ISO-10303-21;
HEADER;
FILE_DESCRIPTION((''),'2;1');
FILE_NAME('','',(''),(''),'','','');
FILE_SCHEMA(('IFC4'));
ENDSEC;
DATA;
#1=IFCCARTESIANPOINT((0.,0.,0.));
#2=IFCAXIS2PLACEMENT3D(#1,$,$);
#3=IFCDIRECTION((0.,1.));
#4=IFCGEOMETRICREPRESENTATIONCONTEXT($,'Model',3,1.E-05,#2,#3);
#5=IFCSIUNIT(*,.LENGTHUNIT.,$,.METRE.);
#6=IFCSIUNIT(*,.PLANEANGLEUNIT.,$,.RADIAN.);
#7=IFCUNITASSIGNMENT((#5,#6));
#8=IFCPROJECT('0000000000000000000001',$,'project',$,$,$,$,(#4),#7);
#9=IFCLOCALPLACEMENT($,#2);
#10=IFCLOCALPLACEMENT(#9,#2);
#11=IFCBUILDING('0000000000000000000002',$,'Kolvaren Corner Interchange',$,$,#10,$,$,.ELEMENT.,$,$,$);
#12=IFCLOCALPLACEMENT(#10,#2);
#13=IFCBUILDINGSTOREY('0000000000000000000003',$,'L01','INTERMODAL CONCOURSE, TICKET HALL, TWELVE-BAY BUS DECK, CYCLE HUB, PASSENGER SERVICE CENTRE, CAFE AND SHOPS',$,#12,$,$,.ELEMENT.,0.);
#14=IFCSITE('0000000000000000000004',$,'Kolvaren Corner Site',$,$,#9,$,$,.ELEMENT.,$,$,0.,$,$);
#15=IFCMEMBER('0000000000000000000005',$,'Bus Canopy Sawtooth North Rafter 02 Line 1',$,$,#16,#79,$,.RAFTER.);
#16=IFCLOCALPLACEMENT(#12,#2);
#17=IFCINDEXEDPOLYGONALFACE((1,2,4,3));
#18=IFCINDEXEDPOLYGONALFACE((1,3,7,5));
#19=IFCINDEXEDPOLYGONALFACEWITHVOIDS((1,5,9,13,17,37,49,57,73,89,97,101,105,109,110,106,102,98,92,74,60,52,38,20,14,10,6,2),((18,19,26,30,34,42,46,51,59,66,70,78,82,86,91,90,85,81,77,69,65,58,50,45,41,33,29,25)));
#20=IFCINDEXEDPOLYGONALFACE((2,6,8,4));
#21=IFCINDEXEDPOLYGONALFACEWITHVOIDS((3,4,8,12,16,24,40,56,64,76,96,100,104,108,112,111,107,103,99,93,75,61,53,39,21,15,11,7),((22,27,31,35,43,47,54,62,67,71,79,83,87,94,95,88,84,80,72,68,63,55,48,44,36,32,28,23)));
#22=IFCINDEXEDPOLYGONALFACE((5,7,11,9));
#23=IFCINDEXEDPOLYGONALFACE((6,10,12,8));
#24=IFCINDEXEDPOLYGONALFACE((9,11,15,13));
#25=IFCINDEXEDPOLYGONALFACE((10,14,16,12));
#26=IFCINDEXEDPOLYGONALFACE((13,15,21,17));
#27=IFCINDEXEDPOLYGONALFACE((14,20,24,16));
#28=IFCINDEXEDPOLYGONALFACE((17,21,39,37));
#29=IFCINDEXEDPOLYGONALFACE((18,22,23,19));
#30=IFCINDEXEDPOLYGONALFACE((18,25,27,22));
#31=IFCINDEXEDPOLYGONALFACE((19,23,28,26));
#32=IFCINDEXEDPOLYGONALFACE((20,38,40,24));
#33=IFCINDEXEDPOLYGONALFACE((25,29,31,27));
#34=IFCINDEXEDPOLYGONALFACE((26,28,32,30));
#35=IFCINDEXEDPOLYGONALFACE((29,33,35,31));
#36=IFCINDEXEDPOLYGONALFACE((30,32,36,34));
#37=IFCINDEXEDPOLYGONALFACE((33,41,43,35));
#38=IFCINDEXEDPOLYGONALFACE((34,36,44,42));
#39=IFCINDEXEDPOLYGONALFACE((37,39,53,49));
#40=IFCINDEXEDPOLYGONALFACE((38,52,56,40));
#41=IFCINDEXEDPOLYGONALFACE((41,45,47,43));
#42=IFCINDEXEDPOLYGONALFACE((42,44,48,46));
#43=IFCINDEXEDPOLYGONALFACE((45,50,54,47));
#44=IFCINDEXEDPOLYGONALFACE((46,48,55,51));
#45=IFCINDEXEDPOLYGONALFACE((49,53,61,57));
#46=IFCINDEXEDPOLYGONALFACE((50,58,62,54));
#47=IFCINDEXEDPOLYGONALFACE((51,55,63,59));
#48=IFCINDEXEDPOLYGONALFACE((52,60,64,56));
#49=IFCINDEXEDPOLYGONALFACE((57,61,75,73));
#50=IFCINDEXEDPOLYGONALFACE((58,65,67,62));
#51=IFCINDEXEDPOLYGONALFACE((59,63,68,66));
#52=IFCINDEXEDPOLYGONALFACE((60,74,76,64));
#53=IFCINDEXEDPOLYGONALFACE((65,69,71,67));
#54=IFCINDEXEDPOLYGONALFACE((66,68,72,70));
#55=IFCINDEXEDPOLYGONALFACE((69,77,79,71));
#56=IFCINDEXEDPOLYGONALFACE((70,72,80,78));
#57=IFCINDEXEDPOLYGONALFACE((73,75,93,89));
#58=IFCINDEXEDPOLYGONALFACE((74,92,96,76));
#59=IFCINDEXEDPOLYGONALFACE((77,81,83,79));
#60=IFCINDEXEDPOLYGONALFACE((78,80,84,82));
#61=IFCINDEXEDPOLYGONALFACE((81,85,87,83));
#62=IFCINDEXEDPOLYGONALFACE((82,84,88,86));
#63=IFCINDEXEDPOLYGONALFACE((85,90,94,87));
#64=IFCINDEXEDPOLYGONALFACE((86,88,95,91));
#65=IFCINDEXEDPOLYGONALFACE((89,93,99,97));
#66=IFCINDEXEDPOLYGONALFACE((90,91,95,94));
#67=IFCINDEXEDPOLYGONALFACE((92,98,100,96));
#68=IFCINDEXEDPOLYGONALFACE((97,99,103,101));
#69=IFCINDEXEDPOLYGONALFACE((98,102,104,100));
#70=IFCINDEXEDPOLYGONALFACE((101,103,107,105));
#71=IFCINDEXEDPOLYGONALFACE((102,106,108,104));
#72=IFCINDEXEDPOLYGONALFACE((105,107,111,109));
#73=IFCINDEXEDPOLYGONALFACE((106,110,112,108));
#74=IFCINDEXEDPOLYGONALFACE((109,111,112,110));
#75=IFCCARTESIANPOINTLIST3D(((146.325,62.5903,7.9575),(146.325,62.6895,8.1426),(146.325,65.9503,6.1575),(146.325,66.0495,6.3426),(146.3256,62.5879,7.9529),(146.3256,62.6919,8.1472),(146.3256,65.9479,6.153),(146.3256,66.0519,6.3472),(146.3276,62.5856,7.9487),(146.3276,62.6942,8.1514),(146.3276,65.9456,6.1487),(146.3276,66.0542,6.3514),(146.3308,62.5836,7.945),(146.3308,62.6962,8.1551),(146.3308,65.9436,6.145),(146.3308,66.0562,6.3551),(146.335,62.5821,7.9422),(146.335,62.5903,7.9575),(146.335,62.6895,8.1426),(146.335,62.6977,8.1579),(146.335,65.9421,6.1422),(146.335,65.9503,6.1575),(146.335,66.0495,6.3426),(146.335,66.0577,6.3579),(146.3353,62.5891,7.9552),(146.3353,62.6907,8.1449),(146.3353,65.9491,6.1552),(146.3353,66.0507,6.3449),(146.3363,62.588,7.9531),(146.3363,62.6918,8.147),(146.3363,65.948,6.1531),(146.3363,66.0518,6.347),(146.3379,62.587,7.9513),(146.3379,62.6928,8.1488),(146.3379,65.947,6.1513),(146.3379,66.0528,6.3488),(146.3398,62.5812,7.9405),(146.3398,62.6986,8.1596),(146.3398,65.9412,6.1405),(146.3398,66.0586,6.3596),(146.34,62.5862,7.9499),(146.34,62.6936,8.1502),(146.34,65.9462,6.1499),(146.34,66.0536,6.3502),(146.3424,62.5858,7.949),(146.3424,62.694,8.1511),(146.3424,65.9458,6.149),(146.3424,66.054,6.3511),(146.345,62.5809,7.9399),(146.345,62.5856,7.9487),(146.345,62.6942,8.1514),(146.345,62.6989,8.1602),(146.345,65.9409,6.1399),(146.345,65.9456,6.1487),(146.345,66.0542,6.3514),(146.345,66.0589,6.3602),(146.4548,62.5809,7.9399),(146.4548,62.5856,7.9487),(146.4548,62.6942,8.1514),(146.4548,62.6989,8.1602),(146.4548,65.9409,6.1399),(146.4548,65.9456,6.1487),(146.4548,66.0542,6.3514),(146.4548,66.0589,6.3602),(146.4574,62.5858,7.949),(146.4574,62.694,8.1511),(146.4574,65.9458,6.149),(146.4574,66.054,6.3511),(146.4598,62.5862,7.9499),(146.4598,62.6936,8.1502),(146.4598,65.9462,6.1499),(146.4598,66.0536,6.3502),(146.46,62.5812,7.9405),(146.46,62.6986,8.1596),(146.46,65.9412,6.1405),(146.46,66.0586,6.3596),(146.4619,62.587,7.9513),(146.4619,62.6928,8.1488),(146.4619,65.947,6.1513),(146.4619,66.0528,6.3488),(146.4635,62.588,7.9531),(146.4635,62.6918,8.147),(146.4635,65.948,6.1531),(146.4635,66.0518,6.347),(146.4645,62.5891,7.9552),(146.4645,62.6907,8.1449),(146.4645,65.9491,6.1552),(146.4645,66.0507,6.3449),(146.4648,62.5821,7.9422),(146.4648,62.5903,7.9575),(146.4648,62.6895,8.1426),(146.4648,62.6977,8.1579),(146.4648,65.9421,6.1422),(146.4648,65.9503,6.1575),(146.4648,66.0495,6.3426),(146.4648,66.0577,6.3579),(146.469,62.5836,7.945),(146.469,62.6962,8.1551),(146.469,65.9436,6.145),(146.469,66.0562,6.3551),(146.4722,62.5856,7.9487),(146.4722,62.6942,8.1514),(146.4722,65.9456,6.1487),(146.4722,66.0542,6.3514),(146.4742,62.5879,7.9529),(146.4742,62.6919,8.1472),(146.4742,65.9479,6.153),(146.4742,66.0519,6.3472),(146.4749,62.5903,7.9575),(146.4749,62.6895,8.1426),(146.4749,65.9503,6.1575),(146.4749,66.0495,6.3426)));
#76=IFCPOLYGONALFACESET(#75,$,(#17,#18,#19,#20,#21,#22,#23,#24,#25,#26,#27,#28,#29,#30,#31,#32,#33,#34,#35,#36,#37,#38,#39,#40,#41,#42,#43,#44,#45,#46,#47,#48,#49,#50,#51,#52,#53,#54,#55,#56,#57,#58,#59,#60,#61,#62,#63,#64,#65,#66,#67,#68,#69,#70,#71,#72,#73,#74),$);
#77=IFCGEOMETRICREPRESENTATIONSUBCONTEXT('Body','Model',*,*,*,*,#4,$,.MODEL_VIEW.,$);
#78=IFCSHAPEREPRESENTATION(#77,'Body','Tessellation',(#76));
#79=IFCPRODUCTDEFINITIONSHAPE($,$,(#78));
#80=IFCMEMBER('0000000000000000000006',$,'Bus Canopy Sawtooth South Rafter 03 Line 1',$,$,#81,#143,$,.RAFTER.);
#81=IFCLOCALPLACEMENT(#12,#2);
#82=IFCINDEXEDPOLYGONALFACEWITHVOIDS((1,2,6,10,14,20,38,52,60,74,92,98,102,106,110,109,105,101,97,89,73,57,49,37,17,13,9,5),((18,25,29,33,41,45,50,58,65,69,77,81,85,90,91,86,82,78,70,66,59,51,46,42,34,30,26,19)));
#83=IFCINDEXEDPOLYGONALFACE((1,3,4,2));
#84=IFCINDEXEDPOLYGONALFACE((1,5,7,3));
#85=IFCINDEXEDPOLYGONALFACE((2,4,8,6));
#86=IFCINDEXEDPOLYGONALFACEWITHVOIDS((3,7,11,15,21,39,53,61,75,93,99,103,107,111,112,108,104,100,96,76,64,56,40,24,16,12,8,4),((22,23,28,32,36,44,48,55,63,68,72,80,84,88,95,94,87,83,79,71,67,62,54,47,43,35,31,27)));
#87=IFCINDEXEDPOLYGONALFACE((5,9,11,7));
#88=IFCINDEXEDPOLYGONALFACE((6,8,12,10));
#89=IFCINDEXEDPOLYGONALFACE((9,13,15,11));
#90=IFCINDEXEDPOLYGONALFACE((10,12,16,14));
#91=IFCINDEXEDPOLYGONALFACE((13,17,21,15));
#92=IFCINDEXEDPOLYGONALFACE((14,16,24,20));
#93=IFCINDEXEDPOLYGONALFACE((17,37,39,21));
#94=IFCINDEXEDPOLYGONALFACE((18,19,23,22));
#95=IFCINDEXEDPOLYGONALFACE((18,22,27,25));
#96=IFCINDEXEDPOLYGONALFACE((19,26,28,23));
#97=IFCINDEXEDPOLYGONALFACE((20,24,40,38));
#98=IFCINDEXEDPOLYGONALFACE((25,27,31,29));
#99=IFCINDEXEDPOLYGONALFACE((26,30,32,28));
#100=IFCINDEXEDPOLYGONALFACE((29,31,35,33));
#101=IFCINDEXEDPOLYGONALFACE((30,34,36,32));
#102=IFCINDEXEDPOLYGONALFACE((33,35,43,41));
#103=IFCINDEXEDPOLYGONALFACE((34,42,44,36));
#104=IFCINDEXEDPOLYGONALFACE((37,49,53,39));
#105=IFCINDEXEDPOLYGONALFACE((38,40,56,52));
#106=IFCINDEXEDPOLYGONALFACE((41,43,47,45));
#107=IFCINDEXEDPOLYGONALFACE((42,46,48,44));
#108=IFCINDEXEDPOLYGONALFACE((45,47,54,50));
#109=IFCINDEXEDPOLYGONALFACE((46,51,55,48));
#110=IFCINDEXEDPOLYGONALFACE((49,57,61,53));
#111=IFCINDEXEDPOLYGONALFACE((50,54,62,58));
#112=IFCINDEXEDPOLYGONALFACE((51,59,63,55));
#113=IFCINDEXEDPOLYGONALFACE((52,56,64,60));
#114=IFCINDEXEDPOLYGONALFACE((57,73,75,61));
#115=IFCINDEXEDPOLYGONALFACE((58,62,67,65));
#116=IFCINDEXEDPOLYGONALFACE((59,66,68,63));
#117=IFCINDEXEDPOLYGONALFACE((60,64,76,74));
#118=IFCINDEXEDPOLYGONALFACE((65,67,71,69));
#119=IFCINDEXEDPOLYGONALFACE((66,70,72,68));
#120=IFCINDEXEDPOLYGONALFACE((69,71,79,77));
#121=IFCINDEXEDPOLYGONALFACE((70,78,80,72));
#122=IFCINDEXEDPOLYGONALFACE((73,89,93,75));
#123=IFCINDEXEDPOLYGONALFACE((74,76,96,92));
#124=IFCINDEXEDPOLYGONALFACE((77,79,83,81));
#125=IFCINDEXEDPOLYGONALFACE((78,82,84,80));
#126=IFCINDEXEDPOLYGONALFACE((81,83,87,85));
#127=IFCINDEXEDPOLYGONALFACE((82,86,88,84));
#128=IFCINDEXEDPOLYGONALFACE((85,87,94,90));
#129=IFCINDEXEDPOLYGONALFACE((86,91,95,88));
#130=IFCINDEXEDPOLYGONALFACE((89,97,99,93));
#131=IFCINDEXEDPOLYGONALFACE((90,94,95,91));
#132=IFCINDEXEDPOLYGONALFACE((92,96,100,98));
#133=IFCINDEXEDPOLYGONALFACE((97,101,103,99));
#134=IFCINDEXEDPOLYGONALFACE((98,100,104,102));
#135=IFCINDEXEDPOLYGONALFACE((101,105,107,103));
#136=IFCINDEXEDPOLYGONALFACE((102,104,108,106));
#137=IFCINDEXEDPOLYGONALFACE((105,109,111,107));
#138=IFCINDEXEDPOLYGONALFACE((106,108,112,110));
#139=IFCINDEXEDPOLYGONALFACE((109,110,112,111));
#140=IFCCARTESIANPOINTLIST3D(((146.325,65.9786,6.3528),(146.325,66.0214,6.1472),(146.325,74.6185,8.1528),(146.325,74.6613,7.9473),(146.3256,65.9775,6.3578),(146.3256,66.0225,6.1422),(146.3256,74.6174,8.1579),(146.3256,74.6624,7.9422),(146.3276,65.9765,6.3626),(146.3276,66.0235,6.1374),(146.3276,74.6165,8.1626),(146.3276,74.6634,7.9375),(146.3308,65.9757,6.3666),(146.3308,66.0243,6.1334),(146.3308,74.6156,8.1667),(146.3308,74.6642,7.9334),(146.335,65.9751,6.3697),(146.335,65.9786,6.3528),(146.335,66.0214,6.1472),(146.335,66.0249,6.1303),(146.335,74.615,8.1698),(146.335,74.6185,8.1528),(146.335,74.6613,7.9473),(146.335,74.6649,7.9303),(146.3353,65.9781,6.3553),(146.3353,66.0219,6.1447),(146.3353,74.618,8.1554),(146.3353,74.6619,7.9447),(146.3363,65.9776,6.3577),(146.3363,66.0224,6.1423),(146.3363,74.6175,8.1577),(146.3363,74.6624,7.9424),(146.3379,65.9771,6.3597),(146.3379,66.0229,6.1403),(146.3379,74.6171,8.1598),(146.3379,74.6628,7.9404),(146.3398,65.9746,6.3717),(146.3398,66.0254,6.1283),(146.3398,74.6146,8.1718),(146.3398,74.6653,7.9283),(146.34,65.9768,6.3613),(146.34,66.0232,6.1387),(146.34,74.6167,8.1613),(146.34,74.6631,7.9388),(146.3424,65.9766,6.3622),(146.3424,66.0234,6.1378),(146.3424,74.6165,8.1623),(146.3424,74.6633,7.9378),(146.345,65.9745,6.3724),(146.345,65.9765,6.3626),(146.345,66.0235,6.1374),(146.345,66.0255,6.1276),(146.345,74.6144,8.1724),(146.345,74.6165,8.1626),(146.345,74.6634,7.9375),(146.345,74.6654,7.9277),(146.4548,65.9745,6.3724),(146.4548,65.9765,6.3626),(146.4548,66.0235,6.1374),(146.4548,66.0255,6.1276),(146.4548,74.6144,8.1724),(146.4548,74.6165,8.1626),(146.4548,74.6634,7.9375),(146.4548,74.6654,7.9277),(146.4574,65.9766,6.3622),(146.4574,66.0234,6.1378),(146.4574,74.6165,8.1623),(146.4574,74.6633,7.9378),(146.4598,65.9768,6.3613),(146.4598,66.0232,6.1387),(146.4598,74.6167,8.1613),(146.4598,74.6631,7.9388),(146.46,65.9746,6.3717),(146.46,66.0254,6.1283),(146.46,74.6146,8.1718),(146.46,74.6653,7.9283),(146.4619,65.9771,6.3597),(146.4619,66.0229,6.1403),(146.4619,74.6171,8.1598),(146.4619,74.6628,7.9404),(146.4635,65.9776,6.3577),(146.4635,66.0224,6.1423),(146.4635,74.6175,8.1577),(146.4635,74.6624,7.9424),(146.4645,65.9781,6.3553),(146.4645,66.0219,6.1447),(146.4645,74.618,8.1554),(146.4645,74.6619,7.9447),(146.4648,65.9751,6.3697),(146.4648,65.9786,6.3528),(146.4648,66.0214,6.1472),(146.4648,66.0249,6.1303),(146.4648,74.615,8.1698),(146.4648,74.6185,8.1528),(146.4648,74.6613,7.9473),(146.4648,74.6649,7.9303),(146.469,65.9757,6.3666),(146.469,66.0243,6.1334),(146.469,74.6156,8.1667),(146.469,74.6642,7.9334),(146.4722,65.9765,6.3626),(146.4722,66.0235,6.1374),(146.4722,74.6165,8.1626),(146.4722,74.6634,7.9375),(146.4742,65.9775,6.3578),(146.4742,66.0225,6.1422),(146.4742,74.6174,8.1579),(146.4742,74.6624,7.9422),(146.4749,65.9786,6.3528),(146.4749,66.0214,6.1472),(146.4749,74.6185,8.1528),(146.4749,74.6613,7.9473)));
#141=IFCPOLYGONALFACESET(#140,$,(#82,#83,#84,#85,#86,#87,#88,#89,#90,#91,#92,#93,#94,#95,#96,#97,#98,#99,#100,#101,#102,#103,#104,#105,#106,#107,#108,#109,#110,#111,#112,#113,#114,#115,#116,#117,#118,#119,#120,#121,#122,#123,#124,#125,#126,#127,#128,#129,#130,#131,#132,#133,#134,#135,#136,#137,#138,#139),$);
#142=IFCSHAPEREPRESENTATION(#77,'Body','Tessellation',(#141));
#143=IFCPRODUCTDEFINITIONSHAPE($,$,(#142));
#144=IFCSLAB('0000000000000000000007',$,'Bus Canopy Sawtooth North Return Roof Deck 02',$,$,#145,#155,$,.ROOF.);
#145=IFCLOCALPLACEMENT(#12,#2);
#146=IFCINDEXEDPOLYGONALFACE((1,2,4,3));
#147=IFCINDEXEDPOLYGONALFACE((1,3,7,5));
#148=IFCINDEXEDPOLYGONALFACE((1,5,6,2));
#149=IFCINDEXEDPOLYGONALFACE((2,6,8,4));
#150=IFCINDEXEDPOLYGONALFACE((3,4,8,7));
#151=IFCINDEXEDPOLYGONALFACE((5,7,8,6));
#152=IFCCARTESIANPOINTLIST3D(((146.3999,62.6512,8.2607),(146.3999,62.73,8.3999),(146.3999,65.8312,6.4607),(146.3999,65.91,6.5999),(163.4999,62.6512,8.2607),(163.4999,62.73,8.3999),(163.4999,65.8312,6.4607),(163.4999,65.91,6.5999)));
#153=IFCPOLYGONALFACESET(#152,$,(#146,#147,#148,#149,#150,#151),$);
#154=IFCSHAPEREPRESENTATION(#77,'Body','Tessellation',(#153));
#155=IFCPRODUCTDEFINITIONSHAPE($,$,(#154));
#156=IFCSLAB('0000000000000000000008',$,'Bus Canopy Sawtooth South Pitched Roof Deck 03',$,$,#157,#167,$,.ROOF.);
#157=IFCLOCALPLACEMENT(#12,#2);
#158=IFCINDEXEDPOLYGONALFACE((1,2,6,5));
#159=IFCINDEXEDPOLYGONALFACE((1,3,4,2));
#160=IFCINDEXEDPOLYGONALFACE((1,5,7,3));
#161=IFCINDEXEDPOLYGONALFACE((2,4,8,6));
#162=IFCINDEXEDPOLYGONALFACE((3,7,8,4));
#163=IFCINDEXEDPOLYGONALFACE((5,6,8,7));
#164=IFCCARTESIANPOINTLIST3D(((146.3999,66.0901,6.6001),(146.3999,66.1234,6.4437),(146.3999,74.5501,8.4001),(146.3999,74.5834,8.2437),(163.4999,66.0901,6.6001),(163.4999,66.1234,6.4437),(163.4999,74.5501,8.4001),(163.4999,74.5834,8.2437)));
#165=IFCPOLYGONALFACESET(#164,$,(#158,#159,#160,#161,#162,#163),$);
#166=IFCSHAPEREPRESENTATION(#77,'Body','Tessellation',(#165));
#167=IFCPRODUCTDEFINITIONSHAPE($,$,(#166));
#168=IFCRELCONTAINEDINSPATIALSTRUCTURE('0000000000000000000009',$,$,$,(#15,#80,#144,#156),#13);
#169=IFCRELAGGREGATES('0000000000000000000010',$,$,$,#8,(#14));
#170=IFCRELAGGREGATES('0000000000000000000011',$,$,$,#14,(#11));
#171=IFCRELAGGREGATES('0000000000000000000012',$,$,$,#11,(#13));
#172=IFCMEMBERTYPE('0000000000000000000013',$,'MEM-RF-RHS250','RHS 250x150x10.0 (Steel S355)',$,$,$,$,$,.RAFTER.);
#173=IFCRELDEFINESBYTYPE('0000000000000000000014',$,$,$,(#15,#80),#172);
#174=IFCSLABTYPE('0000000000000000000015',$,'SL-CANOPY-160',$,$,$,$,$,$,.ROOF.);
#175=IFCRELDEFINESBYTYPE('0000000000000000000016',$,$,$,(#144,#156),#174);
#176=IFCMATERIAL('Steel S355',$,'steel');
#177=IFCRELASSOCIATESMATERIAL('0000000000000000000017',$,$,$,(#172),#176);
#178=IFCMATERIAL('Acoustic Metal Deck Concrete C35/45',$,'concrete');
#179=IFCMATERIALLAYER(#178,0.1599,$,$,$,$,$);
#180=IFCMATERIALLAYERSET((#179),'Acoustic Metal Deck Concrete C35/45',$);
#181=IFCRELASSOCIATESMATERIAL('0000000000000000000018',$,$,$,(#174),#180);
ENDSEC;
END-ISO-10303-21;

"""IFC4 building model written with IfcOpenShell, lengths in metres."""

from ifc_helpers import new_model, si_unit, direction, frame, origin, origin_2d, place, context, subcontext, project, spatial, polyline, hollow_rectangle, outline, extrude, material, layer, layer_set, material_profile, profile_set, type_object, element, save


model = new_model("IFC4")

# Units and contexts
model_context = context("Model", 3, precision=1e-05, world=origin(), true_north=direction((0.0, 1.0)))
body_context = subcontext(model_context, "Body", "Model", "MODEL_VIEW")
ifc_project = project(units=[si_unit("LENGTHUNIT", "METRE"), si_unit("PLANEANGLEUNIT", "RADIAN")], contexts=[model_context])

# Site, building, storey
site_placement = place(None, origin())
site = spatial("IfcSite", under=ifc_project, at=site_placement, Name="Kolvaren Corner Site", CompositionType="ELEMENT", RefElevation=0.0)
building_placement = place(site_placement, origin())
building = spatial("IfcBuilding", under=site, at=building_placement, Name="Kolvaren Corner Interchange", CompositionType="ELEMENT")
storey_placement = place(building_placement, origin())
storey = spatial("IfcBuildingStorey", under=building, at=storey_placement, Name="L01", Description="INTERMODAL CONCOURSE, TICKET HALL, TWELVE-BAY BUS DECK, CYCLE HUB, PASSENGER SERVICE CENTRE, CAFE AND SHOPS", CompositionType="ELEMENT", Elevation=0.0)

# Members
ifc_material_1 = material(Name="Steel S355", Category="steel")
ifc_material_profile_1 = material_profile(ifc_material_1, hollow_rectangle(XDim=0.1499, YDim=0.25, WallThickness=0.01, InnerFilletRadius=0.01, OuterFilletRadius=0.02, at=origin_2d()), Name="RHS 250x150x10.0")
ifc_profile_set_1 = profile_set([ifc_material_profile_1], Name="Steel S355")
member_type_1 = type_object("IfcMemberType", Name="MEM-RF-RHS250", Description="RHS 250x150x10.0 (Steel S355)", PredefinedType="RAFTER", material=ifc_profile_set_1)
member_1_placement = place(storey_placement, frame((146.3999, 62.6399, 8.05), z_axis=(0.0, 0.881481, -0.47222), x_axis=(-1.0, 0.0, 0.0)))
element("IfcMember", 1, at=member_1_placement, inside=storey, type_object=member_type_1, Name="Bus Canopy Sawtooth North Rafter 02 Line 1", PredefinedType="RAFTER", context=body_context, shape_type="SweptSolid", body=[
    extrude(hollow_rectangle(XDim=0.1499, YDim=0.25, WallThickness=0.01, InnerFilletRadius=0.01, OuterFilletRadius=0.02, at=origin_2d()), origin(), (0.0, 0.0, 1.0), 3.8118),
])
member_2_placement = place(storey_placement, frame((146.3999, 66.0, 6.25), z_axis=(0.0, 0.978979, 0.203962), x_axis=(-1.0, 0.0, 0.0)))
element("IfcMember", 2, at=member_2_placement, inside=storey, type_object=member_type_1, Name="Bus Canopy Sawtooth South Rafter 03 Line 1", PredefinedType="RAFTER", context=body_context, shape_type="SweptSolid", body=[
    extrude(hollow_rectangle(XDim=0.1499, YDim=0.25, WallThickness=0.01, InnerFilletRadius=0.01, OuterFilletRadius=0.02, at=origin_2d()), origin(), (0.0, 0.0, 1.0), 8.8254),
])

# Slabs
ifc_material_2 = material(Name="Acoustic Metal Deck Concrete C35/45", Category="concrete")
ifc_layer_1 = layer(ifc_material_2, 0.1599)
ifc_layer_set_1 = layer_set([ifc_layer_1], Name="Acoustic Metal Deck Concrete C35/45")
slab_type = type_object("IfcSlabType", Name="SL-CANOPY-160", PredefinedType="ROOF", material=ifc_layer_set_1)
slab_1_placement = place(storey_placement, frame((146.3999, 62.73, 8.3999), z_axis=(0.0, 0.492598, 0.870257), x_axis=(1.0, 0.0, 0.0)))
element("IfcSlab", 3, at=slab_1_placement, inside=storey, type_object=slab_type, Name="Bus Canopy Sawtooth North Return Roof Deck 02", PredefinedType="ROOF", context=body_context, shape_type="SweptSolid", body=[
    extrude(outline(polyline([(0.0, 0.0), (17.1, 0.0), (17.1, 3.6541), (0.0, 3.6541), (0.0, 0.0)])), origin(), (0.0, 0.0, -1.0), 0.1599),
])
slab_2_placement = place(storey_placement, frame((146.3999, 66.0901, 6.6001), z_axis=(0.0, -0.208108, 0.978106), x_axis=(1.0, 0.0, 0.0)))
element("IfcSlab", 4, at=slab_2_placement, inside=storey, type_object=slab_type, Name="Bus Canopy Sawtooth South Pitched Roof Deck 03", PredefinedType="ROOF", context=body_context, shape_type="SweptSolid", body=[
    extrude(outline(polyline([(0.0, 0.0), (17.1, 0.0), (17.1, 8.6494), (0.0, 8.6494), (0.0, 0.0)])), origin(), (0.0, 0.0, -1.0), 0.1599),
])

save(model, "model.ifc")
